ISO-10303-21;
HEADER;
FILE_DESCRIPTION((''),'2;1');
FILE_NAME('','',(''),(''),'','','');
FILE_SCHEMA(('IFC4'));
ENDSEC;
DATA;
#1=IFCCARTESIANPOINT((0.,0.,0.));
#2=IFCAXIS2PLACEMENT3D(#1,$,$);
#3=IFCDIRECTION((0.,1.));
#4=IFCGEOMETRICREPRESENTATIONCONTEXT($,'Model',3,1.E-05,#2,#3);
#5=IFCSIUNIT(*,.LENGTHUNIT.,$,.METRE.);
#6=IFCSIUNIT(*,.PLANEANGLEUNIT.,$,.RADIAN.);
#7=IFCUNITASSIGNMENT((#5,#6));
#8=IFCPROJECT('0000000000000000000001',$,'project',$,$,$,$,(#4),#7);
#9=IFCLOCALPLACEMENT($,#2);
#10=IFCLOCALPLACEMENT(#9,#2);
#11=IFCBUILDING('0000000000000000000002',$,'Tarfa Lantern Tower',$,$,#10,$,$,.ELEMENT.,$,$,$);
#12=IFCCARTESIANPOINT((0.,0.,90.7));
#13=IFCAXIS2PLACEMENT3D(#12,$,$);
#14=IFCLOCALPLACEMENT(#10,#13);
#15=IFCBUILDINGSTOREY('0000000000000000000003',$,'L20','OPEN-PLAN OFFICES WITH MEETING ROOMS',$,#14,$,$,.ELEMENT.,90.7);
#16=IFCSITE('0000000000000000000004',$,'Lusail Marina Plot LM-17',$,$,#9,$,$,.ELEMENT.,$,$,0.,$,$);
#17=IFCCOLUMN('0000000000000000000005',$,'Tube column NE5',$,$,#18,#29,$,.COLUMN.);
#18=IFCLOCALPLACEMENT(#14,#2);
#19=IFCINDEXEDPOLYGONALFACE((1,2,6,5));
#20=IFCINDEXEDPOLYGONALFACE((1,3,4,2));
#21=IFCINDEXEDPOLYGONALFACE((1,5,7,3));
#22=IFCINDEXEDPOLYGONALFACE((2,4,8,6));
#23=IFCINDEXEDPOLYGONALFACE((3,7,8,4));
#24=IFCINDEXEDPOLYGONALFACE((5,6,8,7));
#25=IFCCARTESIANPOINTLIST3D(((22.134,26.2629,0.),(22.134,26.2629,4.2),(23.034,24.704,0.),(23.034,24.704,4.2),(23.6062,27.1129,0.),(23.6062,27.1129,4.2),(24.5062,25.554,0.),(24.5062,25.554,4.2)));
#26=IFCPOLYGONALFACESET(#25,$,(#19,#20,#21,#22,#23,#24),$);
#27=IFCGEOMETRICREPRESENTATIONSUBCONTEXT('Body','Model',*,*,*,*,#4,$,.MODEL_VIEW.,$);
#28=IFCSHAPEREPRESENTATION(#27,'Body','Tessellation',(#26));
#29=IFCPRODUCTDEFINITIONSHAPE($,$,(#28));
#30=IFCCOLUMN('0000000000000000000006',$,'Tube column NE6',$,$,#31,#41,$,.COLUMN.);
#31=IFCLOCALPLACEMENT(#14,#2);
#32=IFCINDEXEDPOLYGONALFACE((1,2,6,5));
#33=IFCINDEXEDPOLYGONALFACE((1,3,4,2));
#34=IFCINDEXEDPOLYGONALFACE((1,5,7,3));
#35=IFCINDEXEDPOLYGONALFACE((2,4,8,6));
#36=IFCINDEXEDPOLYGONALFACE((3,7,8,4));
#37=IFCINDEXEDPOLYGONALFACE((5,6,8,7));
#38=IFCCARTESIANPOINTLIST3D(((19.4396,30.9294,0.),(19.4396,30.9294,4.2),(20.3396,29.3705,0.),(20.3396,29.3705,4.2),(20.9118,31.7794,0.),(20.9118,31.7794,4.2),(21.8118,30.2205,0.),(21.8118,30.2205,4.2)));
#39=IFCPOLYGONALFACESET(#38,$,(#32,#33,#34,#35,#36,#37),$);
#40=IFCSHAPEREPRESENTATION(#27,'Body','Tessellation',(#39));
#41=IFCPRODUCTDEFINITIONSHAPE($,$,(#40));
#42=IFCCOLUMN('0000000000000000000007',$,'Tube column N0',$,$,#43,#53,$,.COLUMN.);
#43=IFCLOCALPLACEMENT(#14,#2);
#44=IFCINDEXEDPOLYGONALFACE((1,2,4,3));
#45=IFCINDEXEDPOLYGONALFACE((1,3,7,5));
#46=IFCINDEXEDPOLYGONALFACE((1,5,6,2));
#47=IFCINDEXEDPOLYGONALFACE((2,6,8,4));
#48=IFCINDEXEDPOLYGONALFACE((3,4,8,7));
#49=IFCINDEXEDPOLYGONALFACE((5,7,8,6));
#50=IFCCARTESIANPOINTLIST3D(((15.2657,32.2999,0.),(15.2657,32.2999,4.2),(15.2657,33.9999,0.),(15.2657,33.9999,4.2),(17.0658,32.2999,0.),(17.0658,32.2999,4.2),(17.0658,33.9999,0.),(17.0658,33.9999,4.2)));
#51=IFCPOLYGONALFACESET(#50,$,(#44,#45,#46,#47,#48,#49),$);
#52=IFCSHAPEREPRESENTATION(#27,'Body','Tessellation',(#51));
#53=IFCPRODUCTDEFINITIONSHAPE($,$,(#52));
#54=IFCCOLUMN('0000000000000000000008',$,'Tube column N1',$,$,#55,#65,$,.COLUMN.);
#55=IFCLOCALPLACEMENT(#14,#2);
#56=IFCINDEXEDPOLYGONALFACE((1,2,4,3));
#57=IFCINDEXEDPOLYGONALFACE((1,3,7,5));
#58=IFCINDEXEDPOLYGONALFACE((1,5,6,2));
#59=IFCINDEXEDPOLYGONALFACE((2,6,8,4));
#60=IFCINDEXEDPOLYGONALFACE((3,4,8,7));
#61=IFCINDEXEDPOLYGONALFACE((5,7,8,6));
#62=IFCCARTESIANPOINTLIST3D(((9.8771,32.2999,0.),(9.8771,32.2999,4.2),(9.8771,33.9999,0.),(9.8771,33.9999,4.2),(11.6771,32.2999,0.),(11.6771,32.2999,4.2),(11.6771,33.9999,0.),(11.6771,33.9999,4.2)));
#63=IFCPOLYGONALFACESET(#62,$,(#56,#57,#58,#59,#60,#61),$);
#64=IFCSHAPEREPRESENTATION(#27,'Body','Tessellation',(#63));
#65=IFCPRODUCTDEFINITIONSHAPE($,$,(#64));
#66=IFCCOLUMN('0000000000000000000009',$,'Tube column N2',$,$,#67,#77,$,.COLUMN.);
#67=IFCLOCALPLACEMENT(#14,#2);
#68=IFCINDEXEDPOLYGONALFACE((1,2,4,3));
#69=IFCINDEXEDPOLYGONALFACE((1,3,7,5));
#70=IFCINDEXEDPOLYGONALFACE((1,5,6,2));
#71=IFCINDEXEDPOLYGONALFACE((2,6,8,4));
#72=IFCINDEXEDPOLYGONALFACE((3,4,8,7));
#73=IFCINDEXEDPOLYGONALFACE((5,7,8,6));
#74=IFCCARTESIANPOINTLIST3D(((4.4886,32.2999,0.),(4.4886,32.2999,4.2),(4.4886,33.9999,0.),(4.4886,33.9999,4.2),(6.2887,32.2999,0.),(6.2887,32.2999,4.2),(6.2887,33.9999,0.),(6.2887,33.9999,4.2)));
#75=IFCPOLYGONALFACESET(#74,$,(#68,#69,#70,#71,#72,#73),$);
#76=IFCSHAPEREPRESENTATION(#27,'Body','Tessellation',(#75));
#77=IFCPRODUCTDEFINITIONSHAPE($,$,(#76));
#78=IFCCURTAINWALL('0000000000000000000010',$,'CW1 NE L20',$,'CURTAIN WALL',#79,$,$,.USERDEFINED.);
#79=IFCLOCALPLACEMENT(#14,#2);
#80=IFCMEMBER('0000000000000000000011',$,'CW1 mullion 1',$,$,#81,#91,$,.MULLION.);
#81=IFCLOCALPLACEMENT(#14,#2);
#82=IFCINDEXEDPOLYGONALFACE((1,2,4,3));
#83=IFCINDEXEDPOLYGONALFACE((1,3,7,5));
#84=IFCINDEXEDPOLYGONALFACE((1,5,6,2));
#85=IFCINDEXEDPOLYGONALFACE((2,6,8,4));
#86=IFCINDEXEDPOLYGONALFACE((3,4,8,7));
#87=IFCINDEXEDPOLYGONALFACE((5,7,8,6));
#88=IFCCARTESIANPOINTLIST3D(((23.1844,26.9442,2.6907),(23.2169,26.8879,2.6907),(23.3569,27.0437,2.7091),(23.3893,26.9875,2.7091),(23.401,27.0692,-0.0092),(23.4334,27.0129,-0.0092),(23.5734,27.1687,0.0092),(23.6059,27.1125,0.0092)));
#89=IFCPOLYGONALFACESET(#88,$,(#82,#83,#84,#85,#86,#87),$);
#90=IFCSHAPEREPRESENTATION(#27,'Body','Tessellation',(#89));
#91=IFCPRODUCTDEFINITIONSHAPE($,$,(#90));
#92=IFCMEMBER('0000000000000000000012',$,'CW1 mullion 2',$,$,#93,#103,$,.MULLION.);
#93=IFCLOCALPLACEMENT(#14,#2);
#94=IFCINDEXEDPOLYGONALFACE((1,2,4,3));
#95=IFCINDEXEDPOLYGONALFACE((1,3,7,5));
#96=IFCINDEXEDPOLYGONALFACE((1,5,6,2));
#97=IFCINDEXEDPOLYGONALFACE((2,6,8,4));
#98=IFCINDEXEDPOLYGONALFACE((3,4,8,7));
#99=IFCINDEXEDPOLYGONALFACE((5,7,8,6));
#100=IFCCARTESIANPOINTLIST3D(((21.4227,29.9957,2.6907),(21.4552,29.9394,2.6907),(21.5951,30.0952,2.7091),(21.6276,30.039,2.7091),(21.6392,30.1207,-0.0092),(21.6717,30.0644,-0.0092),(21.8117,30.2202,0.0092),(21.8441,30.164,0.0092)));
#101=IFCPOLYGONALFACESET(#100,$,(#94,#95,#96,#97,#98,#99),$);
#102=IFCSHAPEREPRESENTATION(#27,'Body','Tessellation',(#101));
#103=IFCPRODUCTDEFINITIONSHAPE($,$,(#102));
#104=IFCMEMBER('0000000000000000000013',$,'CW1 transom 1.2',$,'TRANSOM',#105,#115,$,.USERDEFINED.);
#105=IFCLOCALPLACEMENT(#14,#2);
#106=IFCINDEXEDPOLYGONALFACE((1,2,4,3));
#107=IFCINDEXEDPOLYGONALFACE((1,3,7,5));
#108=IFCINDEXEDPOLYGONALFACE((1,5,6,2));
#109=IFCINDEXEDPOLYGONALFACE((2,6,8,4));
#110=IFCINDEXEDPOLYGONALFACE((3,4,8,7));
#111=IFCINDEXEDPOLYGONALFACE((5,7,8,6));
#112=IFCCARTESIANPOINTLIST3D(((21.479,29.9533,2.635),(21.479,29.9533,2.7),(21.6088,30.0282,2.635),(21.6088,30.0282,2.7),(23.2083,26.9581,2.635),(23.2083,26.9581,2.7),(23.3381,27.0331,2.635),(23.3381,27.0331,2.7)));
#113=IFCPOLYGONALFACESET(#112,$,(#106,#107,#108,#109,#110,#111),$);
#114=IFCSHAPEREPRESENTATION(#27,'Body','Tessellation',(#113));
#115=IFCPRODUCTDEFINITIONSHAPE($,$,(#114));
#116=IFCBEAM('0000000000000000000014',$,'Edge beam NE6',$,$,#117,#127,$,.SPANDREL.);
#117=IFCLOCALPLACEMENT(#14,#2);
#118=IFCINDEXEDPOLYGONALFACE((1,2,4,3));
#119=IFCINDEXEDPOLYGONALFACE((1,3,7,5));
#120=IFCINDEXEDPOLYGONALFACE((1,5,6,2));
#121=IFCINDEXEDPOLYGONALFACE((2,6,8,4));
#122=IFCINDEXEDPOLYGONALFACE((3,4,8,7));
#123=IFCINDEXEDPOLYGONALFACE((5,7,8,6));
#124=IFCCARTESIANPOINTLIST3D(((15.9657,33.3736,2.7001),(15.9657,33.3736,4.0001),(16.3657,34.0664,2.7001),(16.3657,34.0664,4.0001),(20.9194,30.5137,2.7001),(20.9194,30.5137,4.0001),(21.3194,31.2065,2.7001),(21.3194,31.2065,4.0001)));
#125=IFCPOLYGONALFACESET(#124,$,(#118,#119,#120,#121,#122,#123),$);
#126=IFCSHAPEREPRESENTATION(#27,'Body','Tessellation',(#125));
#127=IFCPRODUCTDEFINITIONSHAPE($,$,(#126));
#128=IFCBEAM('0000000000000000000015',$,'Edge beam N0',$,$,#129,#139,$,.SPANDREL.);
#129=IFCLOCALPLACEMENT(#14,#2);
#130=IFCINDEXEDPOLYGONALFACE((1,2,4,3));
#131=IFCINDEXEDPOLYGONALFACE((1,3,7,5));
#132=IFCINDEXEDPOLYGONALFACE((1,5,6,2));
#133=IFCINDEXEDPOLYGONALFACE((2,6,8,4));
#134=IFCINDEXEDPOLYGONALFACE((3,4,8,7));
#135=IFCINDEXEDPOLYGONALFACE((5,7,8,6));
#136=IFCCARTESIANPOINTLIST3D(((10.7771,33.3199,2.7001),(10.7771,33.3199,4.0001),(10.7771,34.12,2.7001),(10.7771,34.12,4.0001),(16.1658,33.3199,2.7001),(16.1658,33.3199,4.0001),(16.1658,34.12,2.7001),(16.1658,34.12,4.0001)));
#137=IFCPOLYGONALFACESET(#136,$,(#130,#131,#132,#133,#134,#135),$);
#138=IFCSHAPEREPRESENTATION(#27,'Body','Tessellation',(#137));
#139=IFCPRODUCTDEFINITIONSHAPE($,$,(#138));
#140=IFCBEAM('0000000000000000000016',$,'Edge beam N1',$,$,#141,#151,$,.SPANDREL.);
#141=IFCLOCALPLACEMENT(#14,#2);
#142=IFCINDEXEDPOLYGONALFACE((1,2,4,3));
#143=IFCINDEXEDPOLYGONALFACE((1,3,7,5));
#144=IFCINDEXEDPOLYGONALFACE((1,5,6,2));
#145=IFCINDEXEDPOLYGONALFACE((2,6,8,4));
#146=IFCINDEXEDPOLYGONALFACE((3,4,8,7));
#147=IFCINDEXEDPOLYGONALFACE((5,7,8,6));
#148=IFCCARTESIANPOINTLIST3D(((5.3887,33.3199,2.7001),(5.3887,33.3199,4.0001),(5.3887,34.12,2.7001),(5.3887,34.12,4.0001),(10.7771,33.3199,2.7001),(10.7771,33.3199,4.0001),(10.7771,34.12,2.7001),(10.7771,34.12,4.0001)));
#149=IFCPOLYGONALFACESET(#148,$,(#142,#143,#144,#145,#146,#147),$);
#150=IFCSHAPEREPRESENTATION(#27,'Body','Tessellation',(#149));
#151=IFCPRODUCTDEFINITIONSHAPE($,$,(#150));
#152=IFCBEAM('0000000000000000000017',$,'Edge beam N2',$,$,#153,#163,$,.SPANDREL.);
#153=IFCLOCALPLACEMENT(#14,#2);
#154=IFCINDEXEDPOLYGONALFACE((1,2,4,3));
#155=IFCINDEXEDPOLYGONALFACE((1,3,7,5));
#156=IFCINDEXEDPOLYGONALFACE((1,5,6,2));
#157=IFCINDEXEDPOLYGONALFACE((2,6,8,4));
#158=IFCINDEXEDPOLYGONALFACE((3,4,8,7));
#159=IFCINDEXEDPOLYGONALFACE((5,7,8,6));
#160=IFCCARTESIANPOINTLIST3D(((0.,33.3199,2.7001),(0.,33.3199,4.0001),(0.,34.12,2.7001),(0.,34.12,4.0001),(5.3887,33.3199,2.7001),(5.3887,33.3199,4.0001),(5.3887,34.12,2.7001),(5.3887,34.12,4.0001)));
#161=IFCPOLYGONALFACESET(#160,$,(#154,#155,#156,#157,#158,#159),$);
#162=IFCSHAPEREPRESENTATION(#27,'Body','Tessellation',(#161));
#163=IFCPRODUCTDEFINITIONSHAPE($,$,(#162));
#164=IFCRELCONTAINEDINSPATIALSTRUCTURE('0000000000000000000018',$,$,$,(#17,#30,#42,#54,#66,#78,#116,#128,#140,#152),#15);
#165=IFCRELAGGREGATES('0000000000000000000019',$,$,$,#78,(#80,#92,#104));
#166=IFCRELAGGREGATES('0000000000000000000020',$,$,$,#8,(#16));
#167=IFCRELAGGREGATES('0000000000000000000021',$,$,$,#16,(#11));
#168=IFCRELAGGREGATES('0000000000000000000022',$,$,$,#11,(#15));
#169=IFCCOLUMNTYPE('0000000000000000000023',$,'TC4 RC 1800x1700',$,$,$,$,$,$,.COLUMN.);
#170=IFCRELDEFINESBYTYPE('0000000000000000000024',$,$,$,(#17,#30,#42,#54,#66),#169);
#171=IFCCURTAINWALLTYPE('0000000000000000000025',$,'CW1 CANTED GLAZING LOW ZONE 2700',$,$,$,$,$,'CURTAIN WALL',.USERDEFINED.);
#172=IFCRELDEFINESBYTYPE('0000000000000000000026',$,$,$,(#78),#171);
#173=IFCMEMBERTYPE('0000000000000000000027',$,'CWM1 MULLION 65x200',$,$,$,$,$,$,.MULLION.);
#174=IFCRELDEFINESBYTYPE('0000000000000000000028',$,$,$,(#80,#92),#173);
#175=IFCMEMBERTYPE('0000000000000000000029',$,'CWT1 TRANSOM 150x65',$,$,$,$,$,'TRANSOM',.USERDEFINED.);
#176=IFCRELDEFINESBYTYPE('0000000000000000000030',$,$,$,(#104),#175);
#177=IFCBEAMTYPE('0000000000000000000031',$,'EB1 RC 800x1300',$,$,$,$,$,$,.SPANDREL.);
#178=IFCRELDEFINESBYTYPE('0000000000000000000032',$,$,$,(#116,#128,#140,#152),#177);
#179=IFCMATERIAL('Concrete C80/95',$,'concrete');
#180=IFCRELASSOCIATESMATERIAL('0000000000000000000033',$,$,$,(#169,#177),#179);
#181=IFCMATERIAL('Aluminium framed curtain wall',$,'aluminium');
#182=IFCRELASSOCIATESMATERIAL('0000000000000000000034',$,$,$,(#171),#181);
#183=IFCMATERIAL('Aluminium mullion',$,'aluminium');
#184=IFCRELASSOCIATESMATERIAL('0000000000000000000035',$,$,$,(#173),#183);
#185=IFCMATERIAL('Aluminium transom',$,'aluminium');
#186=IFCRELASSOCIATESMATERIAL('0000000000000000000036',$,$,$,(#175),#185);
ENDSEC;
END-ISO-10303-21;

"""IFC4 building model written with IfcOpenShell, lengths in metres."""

from ifc_helpers import new_model, si_unit, direction, frame, origin, origin_2d, place, context, subcontext, project, spatial, rectangle, extrude, material, material_profile, profile_set, type_object, element, aggregate, save


model = new_model("IFC4")

# Units and contexts
model_context = context("Model", 3, precision=1e-05, world=origin(), true_north=direction((0.0, 1.0)))
body_context = subcontext(model_context, "Body", "Model", "MODEL_VIEW")
ifc_project = project(units=[si_unit("LENGTHUNIT", "METRE"), si_unit("PLANEANGLEUNIT", "RADIAN")], contexts=[model_context])

# Site, building, storey
site_placement = place(None, origin())
site = spatial("IfcSite", under=ifc_project, at=site_placement, Name="Lusail Marina Plot LM-17", CompositionType="ELEMENT", RefElevation=0.0)
building_placement = place(site_placement, origin())
building = spatial("IfcBuilding", under=site, at=building_placement, Name="Tarfa Lantern Tower", CompositionType="ELEMENT")
storey_placement = place(building_placement, frame((0.0, 0.0, 90.7)))
storey = spatial("IfcBuildingStorey", under=building, at=storey_placement, Name="L20", Description="OPEN-PLAN OFFICES WITH MEETING ROOMS", CompositionType="ELEMENT", Elevation=90.7)

# Columns
ifc_material_1 = material(Name="Concrete C80/95", Category="concrete")
ifc_material_profile_1 = material_profile(ifc_material_1, rectangle(XDim=1.8, YDim=1.7, at=origin_2d()), Name="RC 1800x1700")
ifc_profile_set_1 = profile_set([ifc_material_profile_1], Name="Concrete C80/95")
column_type = type_object("IfcColumnType", Name="TC4 RC 1800x1700", PredefinedType="COLUMN", material=ifc_profile_set_1)
for number, where, z_axis, x_axis, name in (
    (1, (23.3201, 25.9084, 0.0), (0.0, 0.0, 1.0), (-0.5, 0.866025, 0.0), "Tube column NE5"),
    (2, (20.6257, 30.575, 0.0), (0.0, 0.0, 1.0), (-0.5, 0.866025, 0.0), "Tube column NE6"),
    (3, (16.1658, 33.1499, 0.0), (0.0, 0.0, 1.0), (-1.0, 0.0, 0.0), "Tube column N0"),
    (4, (10.7771, 33.1499, 0.0), (0.0, 0.0, 1.0), (-1.0, 0.0, 0.0), "Tube column N1"),
    (5, (5.3887, 33.1499, 0.0), (0.0, 0.0, 1.0), (-1.0, 0.0, 0.0), "Tube column N2"),
):
    element("IfcColumn", number, at=place(storey_placement, frame(where, z_axis=z_axis, x_axis=x_axis)), inside=storey, type_object=column_type, Name=name, PredefinedType="COLUMN", context=body_context, shape_type="SweptSolid", body=[
        extrude(rectangle(XDim=1.8, YDim=1.7, at=origin_2d()), origin(), (0.0, 0.0, 1.0), 4.2),
    ])

# Curtain wall, members
ifc_material_2 = material(Name="Aluminium framed curtain wall", Category="aluminium")
curtain_wall_type = type_object("IfcCurtainWallType", Name="CW1 CANTED GLAZING LOW ZONE 2700", ElementType="CURTAIN WALL", PredefinedType="USERDEFINED", material=ifc_material_2)
curtain_wall_placement = place(storey_placement, origin())
curtain_wall = element("IfcCurtainWall", 6, at=curtain_wall_placement, inside=storey, type_object=curtain_wall_type, Name="CW1 NE L20", ObjectType="CURTAIN WALL", PredefinedType="USERDEFINED")
ifc_material_3 = material(Name="Aluminium mullion", Category="aluminium")
ifc_material_profile_2 = material_profile(ifc_material_3, rectangle(XDim=0.0649, YDim=0.2, at=origin_2d()), Name="AL MULLION 65x200")
ifc_profile_set_2 = profile_set([ifc_material_profile_2], Name="Aluminium mullion")
member_type_1 = type_object("IfcMemberType", Name="CWM1 MULLION 65x200", PredefinedType="MULLION", material=ifc_profile_set_2)
member_1_placement = place(storey_placement, frame((23.5034, 27.0908, 0.0), z_axis=(-0.079864, -0.0461, 0.995739), x_axis=(0.49992, -0.866072, 0.0)))
member_1 = element("IfcMember", 7, at=member_1_placement, type_object=member_type_1, Name="CW1 mullion 1", PredefinedType="MULLION", context=body_context, shape_type="SweptSolid", body=[
    extrude(rectangle(XDim=0.0649, YDim=0.2, at=origin_2d()), origin(), (0.0, 0.0, 1.0), 2.7114),
])
member_2_placement = place(storey_placement, frame((21.7417, 30.1423, 0.0), z_axis=(-0.079864, -0.0461, 0.995739), x_axis=(0.49992, -0.866072, 0.0)))
member_2 = element("IfcMember", 8, at=member_2_placement, type_object=member_type_1, Name="CW1 mullion 2", PredefinedType="MULLION", context=body_context, shape_type="SweptSolid", body=[
    extrude(rectangle(XDim=0.0649, YDim=0.2, at=origin_2d()), origin(), (0.0, 0.0, 1.0), 2.7114),
])
ifc_material_4 = material(Name="Aluminium transom", Category="aluminium")
ifc_material_profile_3 = material_profile(ifc_material_4, rectangle(XDim=0.1499, YDim=0.0649, at=origin_2d()), Name="AL TRANSOM 150x65")
ifc_profile_set_3 = profile_set([ifc_material_profile_3], Name="Aluminium transom")
member_type_2 = type_object("IfcMemberType", Name="CWT1 TRANSOM 150x65", ElementType="TRANSOM", PredefinedType="USERDEFINED", material=ifc_profile_set_3)
member_3_placement = place(storey_placement, frame((23.2732, 26.9956, 2.6675), z_axis=(-0.500004, 0.866023, 0.0), x_axis=(-0.866023, -0.500004, 0.0)))
member_3 = element("IfcMember", 9, at=member_3_placement, type_object=member_type_2, Name="CW1 transom 1.2", ObjectType="TRANSOM", PredefinedType="USERDEFINED", context=body_context, shape_type="SweptSolid", body=[
    extrude(rectangle(XDim=0.1499, YDim=0.0649, at=origin_2d()), origin(), (0.0, 0.0, 1.0), 3.4585),
])

# Beams
ifc_material_profile_4 = material_profile(ifc_material_1, rectangle(XDim=0.8, YDim=1.3, at=origin_2d()), Name="RC 800x1300")
ifc_profile_set_4 = profile_set([ifc_material_profile_4], Name="Concrete C80/95")
beam_type_1 = type_object("IfcBeamType", Name="EB1 RC 800x1300", PredefinedType="SPANDREL", material=ifc_profile_set_4)
beam_1_placement = place(storey_placement, frame((21.1194, 30.8601, 3.3501), z_axis=(-0.866033, 0.499986, 0.0), x_axis=(-0.499986, -0.866033, 0.0)))
element("IfcBeam", 10, at=beam_1_placement, inside=storey, type_object=beam_type_1, Name="Edge beam NE6", PredefinedType="SPANDREL", context=body_context, shape_type="SweptSolid", body=[
    extrude(rectangle(XDim=0.8, YDim=1.3, at=origin_2d()), origin(), (0.0, 0.0, 1.0), 5.72),
])
beam_2_placement = place(storey_placement, frame((16.1658, 33.72, 3.3501), z_axis=(-1.0, 0.0, 0.0), x_axis=(0.0, -1.0, 0.0)))
element("IfcBeam", 11, at=beam_2_placement, inside=storey, type_object=beam_type_1, Name="Edge beam N0", PredefinedType="SPANDREL", context=body_context, shape_type="SweptSolid", body=[
    extrude(rectangle(XDim=0.8, YDim=1.3, at=origin_2d()), origin(), (0.0, 0.0, 1.0), 5.3887),
])
beam_3_placement = place(storey_placement, frame((10.7771, 33.72, 3.3501), z_axis=(-1.0, 0.0, 0.0), x_axis=(0.0, -1.0, 0.0)))
element("IfcBeam", 12, at=beam_3_placement, inside=storey, type_object=beam_type_1, Name="Edge beam N1", PredefinedType="SPANDREL", context=body_context, shape_type="SweptSolid", body=[
    extrude(rectangle(XDim=0.8, YDim=1.3, at=origin_2d()), origin(), (0.0, 0.0, 1.0), 5.3884),
])
beam_4_placement = place(storey_placement, frame((5.3887, 33.72, 3.3501), z_axis=(-1.0, 0.0, 0.0), x_axis=(0.0, -1.0, 0.0)))
element("IfcBeam", 13, at=beam_4_placement, inside=storey, type_object=beam_type_1, Name="Edge beam N2", PredefinedType="SPANDREL", context=body_context, shape_type="SweptSolid", body=[
    extrude(rectangle(XDim=0.8, YDim=1.3, at=origin_2d()), origin(), (0.0, 0.0, 1.0), 5.3887),
])

aggregate(curtain_wall, [member_1, member_2, member_3])

save(model, "model.ifc")
